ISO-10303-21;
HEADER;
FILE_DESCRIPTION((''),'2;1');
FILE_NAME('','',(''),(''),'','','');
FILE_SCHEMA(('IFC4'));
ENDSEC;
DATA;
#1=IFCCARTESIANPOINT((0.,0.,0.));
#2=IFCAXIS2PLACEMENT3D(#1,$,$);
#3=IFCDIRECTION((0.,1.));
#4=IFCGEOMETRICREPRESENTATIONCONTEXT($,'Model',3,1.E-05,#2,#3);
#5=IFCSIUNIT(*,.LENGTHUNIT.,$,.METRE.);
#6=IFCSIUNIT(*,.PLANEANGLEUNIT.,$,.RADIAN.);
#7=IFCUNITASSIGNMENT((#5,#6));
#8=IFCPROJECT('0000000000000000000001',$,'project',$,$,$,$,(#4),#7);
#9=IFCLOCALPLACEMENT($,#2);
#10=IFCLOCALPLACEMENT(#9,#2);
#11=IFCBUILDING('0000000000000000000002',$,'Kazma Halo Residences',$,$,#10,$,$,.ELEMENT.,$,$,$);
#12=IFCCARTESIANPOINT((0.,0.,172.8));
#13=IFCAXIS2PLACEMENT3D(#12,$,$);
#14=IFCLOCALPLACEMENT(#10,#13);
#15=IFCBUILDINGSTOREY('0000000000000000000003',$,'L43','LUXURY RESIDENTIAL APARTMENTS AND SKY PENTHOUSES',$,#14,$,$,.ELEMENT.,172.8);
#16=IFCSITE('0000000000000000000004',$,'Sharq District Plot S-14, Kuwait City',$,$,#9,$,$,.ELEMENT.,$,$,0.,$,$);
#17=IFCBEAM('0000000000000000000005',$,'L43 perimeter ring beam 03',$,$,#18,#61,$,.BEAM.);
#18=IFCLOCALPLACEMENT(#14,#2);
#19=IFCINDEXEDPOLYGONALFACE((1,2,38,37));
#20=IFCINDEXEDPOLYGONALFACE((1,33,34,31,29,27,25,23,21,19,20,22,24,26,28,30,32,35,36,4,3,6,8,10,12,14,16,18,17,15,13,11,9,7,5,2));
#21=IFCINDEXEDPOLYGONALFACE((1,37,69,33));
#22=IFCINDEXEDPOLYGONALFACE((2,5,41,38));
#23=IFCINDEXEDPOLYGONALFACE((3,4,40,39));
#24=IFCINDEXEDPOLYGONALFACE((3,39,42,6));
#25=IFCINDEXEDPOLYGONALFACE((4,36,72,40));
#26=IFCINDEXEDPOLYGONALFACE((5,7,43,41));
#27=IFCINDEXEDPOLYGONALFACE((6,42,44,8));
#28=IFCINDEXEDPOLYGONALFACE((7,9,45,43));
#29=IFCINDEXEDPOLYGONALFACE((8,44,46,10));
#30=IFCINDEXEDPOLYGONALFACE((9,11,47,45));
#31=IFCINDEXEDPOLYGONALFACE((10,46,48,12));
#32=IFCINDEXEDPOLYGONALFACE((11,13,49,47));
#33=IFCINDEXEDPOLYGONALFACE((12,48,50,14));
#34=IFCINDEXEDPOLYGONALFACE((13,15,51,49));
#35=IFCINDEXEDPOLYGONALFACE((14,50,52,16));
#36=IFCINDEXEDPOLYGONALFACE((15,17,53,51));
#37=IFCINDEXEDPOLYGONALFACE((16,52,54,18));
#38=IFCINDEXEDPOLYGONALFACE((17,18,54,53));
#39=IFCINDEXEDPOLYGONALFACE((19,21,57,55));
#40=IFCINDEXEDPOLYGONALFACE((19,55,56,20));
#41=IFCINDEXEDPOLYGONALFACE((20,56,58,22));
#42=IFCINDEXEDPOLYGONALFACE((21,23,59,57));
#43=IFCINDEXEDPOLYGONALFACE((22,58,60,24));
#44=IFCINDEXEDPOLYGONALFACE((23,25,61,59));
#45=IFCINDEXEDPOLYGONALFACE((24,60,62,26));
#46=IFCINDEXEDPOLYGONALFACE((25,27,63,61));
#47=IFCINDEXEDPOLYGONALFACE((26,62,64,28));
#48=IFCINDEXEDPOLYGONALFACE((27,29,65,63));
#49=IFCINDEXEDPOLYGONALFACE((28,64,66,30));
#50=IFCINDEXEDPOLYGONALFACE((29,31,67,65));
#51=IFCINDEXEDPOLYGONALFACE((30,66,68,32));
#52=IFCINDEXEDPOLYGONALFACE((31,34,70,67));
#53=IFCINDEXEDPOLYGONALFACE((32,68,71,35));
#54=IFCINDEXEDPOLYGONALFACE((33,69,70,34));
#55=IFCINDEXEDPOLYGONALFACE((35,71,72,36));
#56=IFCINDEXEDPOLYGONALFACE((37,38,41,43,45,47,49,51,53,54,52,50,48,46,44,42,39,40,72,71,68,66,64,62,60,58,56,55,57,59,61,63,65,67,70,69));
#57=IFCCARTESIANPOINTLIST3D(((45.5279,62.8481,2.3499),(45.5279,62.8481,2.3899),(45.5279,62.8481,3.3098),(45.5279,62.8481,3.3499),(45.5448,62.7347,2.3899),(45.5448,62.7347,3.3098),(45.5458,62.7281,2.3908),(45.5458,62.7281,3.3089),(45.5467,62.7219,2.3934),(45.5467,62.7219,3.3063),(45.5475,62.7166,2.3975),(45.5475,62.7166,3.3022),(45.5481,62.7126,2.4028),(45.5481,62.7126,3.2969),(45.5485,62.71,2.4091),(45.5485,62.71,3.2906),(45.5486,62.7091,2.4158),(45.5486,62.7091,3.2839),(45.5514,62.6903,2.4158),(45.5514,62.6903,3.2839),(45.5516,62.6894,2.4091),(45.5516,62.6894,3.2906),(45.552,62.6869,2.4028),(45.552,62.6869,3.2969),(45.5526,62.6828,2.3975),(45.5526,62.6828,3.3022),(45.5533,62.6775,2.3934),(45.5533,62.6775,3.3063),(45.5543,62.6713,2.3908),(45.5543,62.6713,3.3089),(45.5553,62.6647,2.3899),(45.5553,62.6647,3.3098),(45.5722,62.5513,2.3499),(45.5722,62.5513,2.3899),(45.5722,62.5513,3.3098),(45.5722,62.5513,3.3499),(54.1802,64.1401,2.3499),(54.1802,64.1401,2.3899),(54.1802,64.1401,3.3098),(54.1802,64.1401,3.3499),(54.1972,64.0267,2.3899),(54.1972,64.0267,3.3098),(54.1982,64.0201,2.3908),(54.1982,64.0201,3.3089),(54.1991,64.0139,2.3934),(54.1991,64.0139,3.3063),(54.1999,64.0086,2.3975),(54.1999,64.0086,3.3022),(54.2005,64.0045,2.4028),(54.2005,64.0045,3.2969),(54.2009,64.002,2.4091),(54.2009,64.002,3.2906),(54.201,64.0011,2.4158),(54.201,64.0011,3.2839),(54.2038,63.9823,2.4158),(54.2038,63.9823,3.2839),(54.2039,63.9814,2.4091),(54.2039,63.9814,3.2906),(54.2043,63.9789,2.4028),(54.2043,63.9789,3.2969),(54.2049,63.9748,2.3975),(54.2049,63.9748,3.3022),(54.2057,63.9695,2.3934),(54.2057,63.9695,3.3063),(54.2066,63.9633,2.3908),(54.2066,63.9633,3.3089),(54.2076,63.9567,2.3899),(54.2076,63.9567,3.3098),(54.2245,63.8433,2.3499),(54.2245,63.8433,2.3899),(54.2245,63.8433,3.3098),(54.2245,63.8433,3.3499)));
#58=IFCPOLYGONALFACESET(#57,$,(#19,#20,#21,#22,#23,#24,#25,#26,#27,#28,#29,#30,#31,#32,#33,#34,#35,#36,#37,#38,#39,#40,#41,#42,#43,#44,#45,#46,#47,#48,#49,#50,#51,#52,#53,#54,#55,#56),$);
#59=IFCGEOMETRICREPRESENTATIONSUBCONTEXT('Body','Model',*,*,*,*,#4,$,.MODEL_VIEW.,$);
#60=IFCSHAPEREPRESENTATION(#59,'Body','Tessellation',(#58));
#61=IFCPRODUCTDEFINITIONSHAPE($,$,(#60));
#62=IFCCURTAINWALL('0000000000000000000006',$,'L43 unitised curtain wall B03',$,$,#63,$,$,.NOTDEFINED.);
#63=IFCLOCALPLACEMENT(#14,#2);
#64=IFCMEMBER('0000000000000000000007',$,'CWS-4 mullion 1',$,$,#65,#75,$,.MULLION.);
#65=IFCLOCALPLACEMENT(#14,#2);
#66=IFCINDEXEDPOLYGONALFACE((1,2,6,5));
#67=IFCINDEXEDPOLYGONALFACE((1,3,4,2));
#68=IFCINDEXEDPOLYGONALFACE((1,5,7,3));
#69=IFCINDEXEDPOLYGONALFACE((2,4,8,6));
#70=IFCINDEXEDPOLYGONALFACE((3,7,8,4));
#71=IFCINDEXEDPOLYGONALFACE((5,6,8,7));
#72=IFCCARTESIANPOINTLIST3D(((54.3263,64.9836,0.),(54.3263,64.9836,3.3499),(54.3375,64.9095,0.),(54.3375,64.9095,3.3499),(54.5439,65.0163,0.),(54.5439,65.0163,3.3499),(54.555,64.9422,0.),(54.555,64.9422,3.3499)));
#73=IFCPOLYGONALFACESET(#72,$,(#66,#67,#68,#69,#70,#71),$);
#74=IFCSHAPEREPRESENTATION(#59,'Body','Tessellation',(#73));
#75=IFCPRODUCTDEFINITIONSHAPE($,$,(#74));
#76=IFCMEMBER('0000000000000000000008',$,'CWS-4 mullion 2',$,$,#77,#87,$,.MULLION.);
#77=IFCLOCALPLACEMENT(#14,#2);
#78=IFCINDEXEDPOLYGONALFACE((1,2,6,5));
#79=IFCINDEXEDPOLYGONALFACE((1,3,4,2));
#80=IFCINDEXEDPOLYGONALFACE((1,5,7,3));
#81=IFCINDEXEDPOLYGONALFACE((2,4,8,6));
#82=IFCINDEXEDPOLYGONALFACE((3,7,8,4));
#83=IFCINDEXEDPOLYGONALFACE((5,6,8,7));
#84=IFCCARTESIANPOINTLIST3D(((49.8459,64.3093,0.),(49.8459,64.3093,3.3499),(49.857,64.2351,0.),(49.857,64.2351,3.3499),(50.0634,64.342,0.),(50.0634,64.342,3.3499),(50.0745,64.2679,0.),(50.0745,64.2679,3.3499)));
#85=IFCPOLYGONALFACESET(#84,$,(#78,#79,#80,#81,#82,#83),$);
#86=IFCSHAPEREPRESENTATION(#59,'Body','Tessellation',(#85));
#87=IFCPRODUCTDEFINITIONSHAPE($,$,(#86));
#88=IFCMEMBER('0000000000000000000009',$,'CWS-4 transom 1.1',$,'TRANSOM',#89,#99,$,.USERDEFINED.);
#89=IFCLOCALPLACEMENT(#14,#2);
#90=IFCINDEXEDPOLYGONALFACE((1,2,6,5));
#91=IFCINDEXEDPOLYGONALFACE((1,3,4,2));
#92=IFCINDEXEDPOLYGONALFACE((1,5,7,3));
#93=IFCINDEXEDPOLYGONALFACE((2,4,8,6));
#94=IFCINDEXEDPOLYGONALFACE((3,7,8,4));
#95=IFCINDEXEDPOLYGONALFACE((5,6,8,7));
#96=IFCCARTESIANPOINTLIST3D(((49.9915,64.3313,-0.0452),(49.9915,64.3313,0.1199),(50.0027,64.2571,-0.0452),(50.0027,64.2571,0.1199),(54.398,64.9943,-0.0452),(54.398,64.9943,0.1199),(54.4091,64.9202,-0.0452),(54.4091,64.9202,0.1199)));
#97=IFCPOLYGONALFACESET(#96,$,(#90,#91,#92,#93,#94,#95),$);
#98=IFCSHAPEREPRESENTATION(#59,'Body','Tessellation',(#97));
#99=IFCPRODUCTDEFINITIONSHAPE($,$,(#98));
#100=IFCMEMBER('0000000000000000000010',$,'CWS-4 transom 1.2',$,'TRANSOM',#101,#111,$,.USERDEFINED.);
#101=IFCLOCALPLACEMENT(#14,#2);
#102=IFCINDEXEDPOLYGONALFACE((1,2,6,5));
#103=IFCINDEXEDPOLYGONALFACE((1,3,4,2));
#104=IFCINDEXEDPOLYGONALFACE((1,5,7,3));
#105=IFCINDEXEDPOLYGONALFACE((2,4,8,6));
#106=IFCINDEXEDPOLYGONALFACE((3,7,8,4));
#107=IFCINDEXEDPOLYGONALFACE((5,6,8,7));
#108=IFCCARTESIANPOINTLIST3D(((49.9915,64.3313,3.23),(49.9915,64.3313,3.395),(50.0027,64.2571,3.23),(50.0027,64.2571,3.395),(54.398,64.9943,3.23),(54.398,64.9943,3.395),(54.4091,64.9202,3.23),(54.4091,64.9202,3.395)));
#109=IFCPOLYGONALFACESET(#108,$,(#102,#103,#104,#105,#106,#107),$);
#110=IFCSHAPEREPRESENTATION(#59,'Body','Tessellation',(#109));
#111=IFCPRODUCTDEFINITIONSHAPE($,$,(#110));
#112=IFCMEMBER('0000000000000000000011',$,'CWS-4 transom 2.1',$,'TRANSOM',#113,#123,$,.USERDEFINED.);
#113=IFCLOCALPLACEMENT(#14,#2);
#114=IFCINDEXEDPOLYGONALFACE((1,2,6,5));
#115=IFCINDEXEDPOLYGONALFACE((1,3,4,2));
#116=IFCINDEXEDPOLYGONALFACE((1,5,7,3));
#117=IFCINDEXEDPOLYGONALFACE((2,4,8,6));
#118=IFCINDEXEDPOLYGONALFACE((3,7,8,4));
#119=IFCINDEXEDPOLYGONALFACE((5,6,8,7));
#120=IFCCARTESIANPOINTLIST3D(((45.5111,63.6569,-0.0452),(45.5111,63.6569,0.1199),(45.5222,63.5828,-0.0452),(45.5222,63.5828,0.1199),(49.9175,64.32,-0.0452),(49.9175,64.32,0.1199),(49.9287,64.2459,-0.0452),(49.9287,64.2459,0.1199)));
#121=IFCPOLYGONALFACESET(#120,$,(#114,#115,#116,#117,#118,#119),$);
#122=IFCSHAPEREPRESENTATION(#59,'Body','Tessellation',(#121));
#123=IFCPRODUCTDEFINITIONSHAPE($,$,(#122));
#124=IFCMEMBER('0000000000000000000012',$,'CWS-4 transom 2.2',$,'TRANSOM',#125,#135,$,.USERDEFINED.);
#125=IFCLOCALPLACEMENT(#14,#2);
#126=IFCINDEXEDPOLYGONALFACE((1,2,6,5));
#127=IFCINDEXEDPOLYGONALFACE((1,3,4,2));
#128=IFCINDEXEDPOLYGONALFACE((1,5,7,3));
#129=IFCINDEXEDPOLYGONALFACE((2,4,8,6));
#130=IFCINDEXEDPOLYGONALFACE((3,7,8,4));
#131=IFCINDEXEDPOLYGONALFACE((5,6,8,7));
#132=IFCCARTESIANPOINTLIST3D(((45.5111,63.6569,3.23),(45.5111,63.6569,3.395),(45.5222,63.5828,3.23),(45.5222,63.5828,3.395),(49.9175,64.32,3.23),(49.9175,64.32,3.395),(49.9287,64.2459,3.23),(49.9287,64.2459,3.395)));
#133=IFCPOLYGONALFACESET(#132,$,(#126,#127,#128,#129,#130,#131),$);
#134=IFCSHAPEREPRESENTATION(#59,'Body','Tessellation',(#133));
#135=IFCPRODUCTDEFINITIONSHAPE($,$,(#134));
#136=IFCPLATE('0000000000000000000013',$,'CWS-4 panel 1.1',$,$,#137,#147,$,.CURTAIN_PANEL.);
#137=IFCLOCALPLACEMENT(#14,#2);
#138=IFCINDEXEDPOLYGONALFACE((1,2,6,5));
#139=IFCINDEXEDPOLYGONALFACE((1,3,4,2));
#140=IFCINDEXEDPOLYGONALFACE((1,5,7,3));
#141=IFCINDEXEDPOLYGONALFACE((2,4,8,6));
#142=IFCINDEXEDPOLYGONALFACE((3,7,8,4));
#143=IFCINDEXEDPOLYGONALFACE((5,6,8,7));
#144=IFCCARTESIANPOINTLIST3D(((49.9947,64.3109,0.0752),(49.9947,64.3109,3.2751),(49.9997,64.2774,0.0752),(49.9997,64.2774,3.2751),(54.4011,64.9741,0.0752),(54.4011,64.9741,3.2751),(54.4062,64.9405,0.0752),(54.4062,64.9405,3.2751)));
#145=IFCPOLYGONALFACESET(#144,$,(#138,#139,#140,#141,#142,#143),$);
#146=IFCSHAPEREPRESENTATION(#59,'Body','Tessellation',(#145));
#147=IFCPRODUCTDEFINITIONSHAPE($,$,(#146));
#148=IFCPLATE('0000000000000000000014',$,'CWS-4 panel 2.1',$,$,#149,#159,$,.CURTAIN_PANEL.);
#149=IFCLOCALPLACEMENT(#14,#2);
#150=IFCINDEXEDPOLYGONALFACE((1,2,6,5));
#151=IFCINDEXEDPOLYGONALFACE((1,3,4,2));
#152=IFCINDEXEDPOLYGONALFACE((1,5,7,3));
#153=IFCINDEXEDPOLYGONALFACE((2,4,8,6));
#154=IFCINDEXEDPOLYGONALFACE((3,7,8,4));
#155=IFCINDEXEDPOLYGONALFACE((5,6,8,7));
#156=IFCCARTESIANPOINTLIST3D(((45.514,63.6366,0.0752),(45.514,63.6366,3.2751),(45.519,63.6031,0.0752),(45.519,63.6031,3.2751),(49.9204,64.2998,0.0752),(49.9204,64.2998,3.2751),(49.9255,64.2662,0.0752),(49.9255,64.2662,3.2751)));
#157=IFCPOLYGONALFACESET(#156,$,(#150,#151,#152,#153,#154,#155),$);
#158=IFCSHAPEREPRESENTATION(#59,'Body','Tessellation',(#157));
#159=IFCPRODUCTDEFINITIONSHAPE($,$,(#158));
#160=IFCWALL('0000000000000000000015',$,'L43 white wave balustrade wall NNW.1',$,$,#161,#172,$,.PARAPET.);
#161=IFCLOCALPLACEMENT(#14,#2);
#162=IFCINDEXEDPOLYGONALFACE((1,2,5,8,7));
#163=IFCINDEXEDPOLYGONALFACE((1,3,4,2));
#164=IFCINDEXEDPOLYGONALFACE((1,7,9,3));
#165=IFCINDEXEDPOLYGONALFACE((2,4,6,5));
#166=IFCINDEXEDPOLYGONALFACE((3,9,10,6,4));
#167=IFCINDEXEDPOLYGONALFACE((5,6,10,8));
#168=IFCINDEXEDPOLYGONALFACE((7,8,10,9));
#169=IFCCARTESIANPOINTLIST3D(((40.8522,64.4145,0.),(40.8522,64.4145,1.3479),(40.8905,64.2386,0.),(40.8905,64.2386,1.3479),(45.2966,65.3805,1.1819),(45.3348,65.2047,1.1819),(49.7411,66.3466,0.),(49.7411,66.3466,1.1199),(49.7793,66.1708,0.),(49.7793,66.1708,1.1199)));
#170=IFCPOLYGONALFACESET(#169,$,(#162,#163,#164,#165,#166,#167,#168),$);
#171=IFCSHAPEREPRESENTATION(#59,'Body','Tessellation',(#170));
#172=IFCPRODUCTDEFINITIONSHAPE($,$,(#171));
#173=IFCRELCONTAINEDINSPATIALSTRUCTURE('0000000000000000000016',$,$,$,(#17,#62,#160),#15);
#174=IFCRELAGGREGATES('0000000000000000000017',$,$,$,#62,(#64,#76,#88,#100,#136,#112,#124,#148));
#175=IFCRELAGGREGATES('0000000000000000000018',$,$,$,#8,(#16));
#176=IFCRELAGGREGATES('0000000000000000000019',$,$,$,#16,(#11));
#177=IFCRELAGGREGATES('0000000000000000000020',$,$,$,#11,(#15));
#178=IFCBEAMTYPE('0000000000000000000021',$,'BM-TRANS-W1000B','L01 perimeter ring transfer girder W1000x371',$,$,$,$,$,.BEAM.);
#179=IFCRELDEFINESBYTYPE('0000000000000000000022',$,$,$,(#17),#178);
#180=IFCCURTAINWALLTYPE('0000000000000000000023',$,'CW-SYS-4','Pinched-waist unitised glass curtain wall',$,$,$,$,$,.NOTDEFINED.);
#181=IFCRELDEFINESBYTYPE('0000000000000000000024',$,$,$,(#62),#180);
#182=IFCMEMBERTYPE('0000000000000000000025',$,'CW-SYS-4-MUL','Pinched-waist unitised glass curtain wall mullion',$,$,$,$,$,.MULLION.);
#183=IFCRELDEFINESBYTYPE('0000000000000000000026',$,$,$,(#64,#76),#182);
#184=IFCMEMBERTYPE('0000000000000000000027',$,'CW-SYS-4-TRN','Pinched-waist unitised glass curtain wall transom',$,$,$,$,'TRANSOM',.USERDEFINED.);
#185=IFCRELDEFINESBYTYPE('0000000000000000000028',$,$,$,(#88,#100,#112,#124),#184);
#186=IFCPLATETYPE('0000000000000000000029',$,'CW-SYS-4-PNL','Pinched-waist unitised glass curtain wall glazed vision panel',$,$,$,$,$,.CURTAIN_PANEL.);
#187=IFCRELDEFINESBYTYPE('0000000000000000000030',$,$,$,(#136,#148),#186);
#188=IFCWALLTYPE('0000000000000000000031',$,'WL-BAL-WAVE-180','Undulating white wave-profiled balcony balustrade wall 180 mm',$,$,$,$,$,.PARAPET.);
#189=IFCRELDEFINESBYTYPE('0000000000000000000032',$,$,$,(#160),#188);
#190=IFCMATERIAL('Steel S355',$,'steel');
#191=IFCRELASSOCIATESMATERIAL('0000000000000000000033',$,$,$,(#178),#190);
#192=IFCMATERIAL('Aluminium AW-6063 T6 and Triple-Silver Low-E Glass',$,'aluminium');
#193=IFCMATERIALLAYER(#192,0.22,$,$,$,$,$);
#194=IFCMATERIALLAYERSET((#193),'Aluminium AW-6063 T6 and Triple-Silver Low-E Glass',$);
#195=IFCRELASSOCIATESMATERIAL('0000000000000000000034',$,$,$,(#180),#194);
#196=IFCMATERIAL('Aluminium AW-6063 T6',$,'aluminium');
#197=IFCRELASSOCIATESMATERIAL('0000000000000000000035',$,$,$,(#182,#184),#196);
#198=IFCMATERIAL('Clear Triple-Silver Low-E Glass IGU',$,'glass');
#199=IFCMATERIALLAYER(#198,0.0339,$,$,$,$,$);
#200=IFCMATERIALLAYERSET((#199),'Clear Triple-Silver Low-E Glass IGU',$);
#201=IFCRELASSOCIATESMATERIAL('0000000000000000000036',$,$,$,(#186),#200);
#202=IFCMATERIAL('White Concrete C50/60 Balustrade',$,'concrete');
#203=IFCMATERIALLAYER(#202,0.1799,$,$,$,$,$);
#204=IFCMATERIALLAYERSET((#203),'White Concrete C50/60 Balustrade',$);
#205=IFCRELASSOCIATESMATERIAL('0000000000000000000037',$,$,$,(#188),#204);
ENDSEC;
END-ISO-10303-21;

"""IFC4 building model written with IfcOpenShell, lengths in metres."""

from ifc_helpers import new_model, si_unit, direction, frame, origin, origin_2d, place, context, subcontext, project, spatial, polyline, rectangle, i_section, outline, extrude, material, layer, layer_set, material_profile, profile_set, type_object, element, aggregate, save


model = new_model("IFC4")

# Units and contexts
model_context = context("Model", 3, precision=1e-05, world=origin(), true_north=direction((0.0, 1.0)))
body_context = subcontext(model_context, "Body", "Model", "MODEL_VIEW")
ifc_project = project(units=[si_unit("LENGTHUNIT", "METRE"), si_unit("PLANEANGLEUNIT", "RADIAN")], contexts=[model_context])

# Site, building, storey
site_placement = place(None, origin())
site = spatial("IfcSite", under=ifc_project, at=site_placement, Name="Sharq District Plot S-14, Kuwait City", CompositionType="ELEMENT", RefElevation=0.0)
building_placement = place(site_placement, origin())
building = spatial("IfcBuilding", under=site, at=building_placement, Name="Kazma Halo Residences", CompositionType="ELEMENT")
storey_placement = place(building_placement, frame((0.0, 0.0, 172.8)))
storey = spatial("IfcBuildingStorey", under=building, at=storey_placement, Name="L43", Description="LUXURY RESIDENTIAL APARTMENTS AND SKY PENTHOUSES", CompositionType="ELEMENT", Elevation=172.8)

# Beam
ifc_material_1 = material(Name="Steel S355", Category="steel")
ifc_material_profile_1 = material_profile(ifc_material_1, i_section(OverallWidth=0.3, OverallDepth=1.0, WebThickness=0.019, FlangeThickness=0.04, FilletRadius=0.0259, at=origin_2d()), Name="W1000x371")
ifc_profile_set_1 = profile_set([ifc_material_profile_1], Name="Steel S355")
beam_type_1 = type_object("IfcBeamType", Name="BM-TRANS-W1000B", Description="L01 perimeter ring transfer girder W1000x371", PredefinedType="BEAM", material=ifc_profile_set_1)
beam_1_placement = place(storey_placement, frame((54.2024, 63.9917, 2.8499), z_axis=(-0.989034, -0.147685, 0.0), x_axis=(0.147685, -0.989034, 0.0)))
element("IfcBeam", 1, at=beam_1_placement, inside=storey, type_object=beam_type_1, Name="L43 perimeter ring beam 03", PredefinedType="BEAM", context=body_context, shape_type="SweptSolid", body=[
    extrude(i_section(OverallWidth=0.3, OverallDepth=1.0, WebThickness=0.019, FlangeThickness=0.04, FilletRadius=0.0259, at=origin_2d()), origin(), (0.0, 0.0, 1.0), 8.7483),
])

# Curtain wall, members, plates
ifc_material_2 = material(Name="Aluminium AW-6063 T6 and Triple-Silver Low-E Glass", Category="aluminium")
ifc_layer_1 = layer(ifc_material_2, 0.22)
ifc_layer_set_1 = layer_set([ifc_layer_1], Name="Aluminium AW-6063 T6 and Triple-Silver Low-E Glass")
curtain_wall_type = type_object("IfcCurtainWallType", Name="CW-SYS-4", Description="Pinched-waist unitised glass curtain wall", PredefinedType="NOTDEFINED", material=ifc_layer_set_1)
curtain_wall_placement = place(storey_placement, origin())
curtain_wall = element("IfcCurtainWall", 2, at=curtain_wall_placement, inside=storey, type_object=curtain_wall_type, Name="L43 unitised curtain wall B03", PredefinedType="NOTDEFINED")
ifc_material_3 = material(Name="Aluminium AW-6063 T6", Category="aluminium")
ifc_material_profile_2 = material_profile(ifc_material_3, rectangle(XDim=0.075, YDim=0.22, at=origin_2d()), Name="CWM-75x220")
ifc_profile_set_2 = profile_set([ifc_material_profile_2], Name="Aluminium AW-6063 T6")
member_type_1 = type_object("IfcMemberType", Name="CW-SYS-4-MUL", Description="Pinched-waist unitised glass curtain wall mullion", PredefinedType="MULLION", material=ifc_profile_set_2)
member_1_placement = place(storey_placement, frame((54.4407, 64.9629, 0.0), z_axis=(0.0, 0.0, 1.0), x_axis=(0.148821, -0.988864, 0.0)))
member_1 = element("IfcMember", 3, at=member_1_placement, type_object=member_type_1, Name="CWS-4 mullion 1", PredefinedType="MULLION", context=body_context, shape_type="SweptSolid", body=[
    extrude(rectangle(XDim=0.075, YDim=0.22, at=origin_2d()), origin(), (0.0, 0.0, 1.0), 3.3499),
])
member_2_placement = place(storey_placement, frame((49.9602, 64.2886, 0.0), z_axis=(0.0, 0.0, 1.0), x_axis=(0.148821, -0.988864, 0.0)))
member_2 = element("IfcMember", 4, at=member_2_placement, type_object=member_type_1, Name="CWS-4 mullion 2", PredefinedType="MULLION", context=body_context, shape_type="SweptSolid", body=[
    extrude(rectangle(XDim=0.075, YDim=0.22, at=origin_2d()), origin(), (0.0, 0.0, 1.0), 3.3499),
])
ifc_material_profile_3 = material_profile(ifc_material_3, rectangle(XDim=0.075, YDim=0.165, at=origin_2d()), Name="CWT-75x165")
ifc_profile_set_3 = profile_set([ifc_material_profile_3], Name="Aluminium AW-6063 T6")
member_type_2 = type_object("IfcMemberType", Name="CW-SYS-4-TRN", Description="Pinched-waist unitised glass curtain wall transom", ElementType="TRANSOM", PredefinedType="USERDEFINED", material=ifc_profile_set_3)
member_3_placement = place(storey_placement, frame((54.4036, 64.9573, 0.0374), z_axis=(-0.988867, -0.148804, 0.0), x_axis=(0.148804, -0.988867, 0.0)))
member_3 = element("IfcMember", 5, at=member_3_placement, type_object=member_type_2, Name="CWS-4 transom 1.1", ObjectType="TRANSOM", PredefinedType="USERDEFINED", context=body_context, shape_type="SweptSolid", body=[
    extrude(rectangle(XDim=0.075, YDim=0.165, at=origin_2d()), origin(), (0.0, 0.0, 1.0), 4.4561),
])
member_4_placement = place(storey_placement, frame((54.4036, 64.9573, 3.3125), z_axis=(-0.988867, -0.148804, 0.0), x_axis=(0.148804, -0.988867, 0.0)))
member_4 = element("IfcMember", 6, at=member_4_placement, type_object=member_type_2, Name="CWS-4 transom 1.2", ObjectType="TRANSOM", PredefinedType="USERDEFINED", context=body_context, shape_type="SweptSolid", body=[
    extrude(rectangle(XDim=0.075, YDim=0.165, at=origin_2d()), origin(), (0.0, 0.0, 1.0), 4.4561),
])
member_5_placement = place(storey_placement, frame((49.9231, 64.283, 0.0374), z_axis=(-0.988867, -0.148804, 0.0), x_axis=(0.148804, -0.988867, 0.0)))
member_5 = element("IfcMember", 7, at=member_5_placement, type_object=member_type_2, Name="CWS-4 transom 2.1", ObjectType="TRANSOM", PredefinedType="USERDEFINED", context=body_context, shape_type="SweptSolid", body=[
    extrude(rectangle(XDim=0.075, YDim=0.165, at=origin_2d()), origin(), (0.0, 0.0, 1.0), 4.4561),
])
member_6_placement = place(storey_placement, frame((49.9231, 64.283, 3.3125), z_axis=(-0.988867, -0.148804, 0.0), x_axis=(0.148804, -0.988867, 0.0)))
member_6 = element("IfcMember", 8, at=member_6_placement, type_object=member_type_2, Name="CWS-4 transom 2.2", ObjectType="TRANSOM", PredefinedType="USERDEFINED", context=body_context, shape_type="SweptSolid", body=[
    extrude(rectangle(XDim=0.075, YDim=0.165, at=origin_2d()), origin(), (0.0, 0.0, 1.0), 4.4561),
])
ifc_material_4 = material(Name="Clear Triple-Silver Low-E Glass IGU", Category="glass")
ifc_layer_2 = layer(ifc_material_4, 0.0339)
ifc_layer_set_2 = layer_set([ifc_layer_2], Name="Clear Triple-Silver Low-E Glass IGU")
plate_type = type_object("IfcPlateType", Name="CW-SYS-4-PNL", Description="Pinched-waist unitised glass curtain wall glazed vision panel", PredefinedType="CURTAIN_PANEL", material=ifc_layer_set_2)
plate_1_placement = place(storey_placement, frame((52.2004, 64.6257, 0.0752), z_axis=(0.0, 0.0, 1.0), x_axis=(-0.988864, -0.148821, 0.0)))
plate_1 = element("IfcPlate", 9, at=plate_1_placement, type_object=plate_type, Name="CWS-4 panel 1.1", PredefinedType="CURTAIN_PANEL", context=body_context, shape_type="SweptSolid", body=[
    extrude(rectangle(XDim=4.4561, YDim=0.0339, at=origin_2d()), origin(), (0.0, 0.0, 1.0), 3.2),
])
plate_2_placement = place(storey_placement, frame((47.7197, 63.9514, 0.0752), z_axis=(0.0, 0.0, 1.0), x_axis=(-0.988864, -0.148821, 0.0)))
plate_2 = element("IfcPlate", 10, at=plate_2_placement, type_object=plate_type, Name="CWS-4 panel 2.1", PredefinedType="CURTAIN_PANEL", context=body_context, shape_type="SweptSolid", body=[
    extrude(rectangle(XDim=4.4561, YDim=0.0339, at=origin_2d()), origin(), (0.0, 0.0, 1.0), 3.2),
])
aggregate(curtain_wall, [member_1, member_2, member_3, member_4, plate_1, member_5, member_6, plate_2])

# Wall
ifc_material_5 = material(Name="White Concrete C50/60 Balustrade", Category="concrete")
ifc_layer_3 = layer(ifc_material_5, 0.1799)
ifc_layer_set_3 = layer_set([ifc_layer_3], Name="White Concrete C50/60 Balustrade")
wall_type_1 = type_object("IfcWallType", Name="WL-BAL-WAVE-180", Description="Undulating white wave-profiled balcony balustrade wall 180 mm", PredefinedType="PARAPET", material=ifc_layer_set_3)
wall_1_placement = place(storey_placement, frame((49.7603, 66.2585, 0.0), z_axis=(0.0, 0.0, 1.0), x_axis=(-0.977182, -0.212404, 0.0)))
element("IfcWall", 11, at=wall_1_placement, inside=storey, type_object=wall_type_1, Name="L43 white wave balustrade wall NNW.1", PredefinedType="PARAPET", context=body_context, shape_type="SweptSolid", body=[
    extrude(outline(polyline([(0.0, 0.0), (9.0964, 0.0), (9.0964, 1.3479), (4.5483, 1.1819), (0.0, 1.1199), (0.0, 0.0)])), frame((0.0, 0.0898, 0.0), z_axis=(0.0, -1.0, 0.0), x_axis=(1.0, 0.0, 0.0)), (0.0, 0.0, 1.0), 0.1799),
])

save(model, "model.ifc")
